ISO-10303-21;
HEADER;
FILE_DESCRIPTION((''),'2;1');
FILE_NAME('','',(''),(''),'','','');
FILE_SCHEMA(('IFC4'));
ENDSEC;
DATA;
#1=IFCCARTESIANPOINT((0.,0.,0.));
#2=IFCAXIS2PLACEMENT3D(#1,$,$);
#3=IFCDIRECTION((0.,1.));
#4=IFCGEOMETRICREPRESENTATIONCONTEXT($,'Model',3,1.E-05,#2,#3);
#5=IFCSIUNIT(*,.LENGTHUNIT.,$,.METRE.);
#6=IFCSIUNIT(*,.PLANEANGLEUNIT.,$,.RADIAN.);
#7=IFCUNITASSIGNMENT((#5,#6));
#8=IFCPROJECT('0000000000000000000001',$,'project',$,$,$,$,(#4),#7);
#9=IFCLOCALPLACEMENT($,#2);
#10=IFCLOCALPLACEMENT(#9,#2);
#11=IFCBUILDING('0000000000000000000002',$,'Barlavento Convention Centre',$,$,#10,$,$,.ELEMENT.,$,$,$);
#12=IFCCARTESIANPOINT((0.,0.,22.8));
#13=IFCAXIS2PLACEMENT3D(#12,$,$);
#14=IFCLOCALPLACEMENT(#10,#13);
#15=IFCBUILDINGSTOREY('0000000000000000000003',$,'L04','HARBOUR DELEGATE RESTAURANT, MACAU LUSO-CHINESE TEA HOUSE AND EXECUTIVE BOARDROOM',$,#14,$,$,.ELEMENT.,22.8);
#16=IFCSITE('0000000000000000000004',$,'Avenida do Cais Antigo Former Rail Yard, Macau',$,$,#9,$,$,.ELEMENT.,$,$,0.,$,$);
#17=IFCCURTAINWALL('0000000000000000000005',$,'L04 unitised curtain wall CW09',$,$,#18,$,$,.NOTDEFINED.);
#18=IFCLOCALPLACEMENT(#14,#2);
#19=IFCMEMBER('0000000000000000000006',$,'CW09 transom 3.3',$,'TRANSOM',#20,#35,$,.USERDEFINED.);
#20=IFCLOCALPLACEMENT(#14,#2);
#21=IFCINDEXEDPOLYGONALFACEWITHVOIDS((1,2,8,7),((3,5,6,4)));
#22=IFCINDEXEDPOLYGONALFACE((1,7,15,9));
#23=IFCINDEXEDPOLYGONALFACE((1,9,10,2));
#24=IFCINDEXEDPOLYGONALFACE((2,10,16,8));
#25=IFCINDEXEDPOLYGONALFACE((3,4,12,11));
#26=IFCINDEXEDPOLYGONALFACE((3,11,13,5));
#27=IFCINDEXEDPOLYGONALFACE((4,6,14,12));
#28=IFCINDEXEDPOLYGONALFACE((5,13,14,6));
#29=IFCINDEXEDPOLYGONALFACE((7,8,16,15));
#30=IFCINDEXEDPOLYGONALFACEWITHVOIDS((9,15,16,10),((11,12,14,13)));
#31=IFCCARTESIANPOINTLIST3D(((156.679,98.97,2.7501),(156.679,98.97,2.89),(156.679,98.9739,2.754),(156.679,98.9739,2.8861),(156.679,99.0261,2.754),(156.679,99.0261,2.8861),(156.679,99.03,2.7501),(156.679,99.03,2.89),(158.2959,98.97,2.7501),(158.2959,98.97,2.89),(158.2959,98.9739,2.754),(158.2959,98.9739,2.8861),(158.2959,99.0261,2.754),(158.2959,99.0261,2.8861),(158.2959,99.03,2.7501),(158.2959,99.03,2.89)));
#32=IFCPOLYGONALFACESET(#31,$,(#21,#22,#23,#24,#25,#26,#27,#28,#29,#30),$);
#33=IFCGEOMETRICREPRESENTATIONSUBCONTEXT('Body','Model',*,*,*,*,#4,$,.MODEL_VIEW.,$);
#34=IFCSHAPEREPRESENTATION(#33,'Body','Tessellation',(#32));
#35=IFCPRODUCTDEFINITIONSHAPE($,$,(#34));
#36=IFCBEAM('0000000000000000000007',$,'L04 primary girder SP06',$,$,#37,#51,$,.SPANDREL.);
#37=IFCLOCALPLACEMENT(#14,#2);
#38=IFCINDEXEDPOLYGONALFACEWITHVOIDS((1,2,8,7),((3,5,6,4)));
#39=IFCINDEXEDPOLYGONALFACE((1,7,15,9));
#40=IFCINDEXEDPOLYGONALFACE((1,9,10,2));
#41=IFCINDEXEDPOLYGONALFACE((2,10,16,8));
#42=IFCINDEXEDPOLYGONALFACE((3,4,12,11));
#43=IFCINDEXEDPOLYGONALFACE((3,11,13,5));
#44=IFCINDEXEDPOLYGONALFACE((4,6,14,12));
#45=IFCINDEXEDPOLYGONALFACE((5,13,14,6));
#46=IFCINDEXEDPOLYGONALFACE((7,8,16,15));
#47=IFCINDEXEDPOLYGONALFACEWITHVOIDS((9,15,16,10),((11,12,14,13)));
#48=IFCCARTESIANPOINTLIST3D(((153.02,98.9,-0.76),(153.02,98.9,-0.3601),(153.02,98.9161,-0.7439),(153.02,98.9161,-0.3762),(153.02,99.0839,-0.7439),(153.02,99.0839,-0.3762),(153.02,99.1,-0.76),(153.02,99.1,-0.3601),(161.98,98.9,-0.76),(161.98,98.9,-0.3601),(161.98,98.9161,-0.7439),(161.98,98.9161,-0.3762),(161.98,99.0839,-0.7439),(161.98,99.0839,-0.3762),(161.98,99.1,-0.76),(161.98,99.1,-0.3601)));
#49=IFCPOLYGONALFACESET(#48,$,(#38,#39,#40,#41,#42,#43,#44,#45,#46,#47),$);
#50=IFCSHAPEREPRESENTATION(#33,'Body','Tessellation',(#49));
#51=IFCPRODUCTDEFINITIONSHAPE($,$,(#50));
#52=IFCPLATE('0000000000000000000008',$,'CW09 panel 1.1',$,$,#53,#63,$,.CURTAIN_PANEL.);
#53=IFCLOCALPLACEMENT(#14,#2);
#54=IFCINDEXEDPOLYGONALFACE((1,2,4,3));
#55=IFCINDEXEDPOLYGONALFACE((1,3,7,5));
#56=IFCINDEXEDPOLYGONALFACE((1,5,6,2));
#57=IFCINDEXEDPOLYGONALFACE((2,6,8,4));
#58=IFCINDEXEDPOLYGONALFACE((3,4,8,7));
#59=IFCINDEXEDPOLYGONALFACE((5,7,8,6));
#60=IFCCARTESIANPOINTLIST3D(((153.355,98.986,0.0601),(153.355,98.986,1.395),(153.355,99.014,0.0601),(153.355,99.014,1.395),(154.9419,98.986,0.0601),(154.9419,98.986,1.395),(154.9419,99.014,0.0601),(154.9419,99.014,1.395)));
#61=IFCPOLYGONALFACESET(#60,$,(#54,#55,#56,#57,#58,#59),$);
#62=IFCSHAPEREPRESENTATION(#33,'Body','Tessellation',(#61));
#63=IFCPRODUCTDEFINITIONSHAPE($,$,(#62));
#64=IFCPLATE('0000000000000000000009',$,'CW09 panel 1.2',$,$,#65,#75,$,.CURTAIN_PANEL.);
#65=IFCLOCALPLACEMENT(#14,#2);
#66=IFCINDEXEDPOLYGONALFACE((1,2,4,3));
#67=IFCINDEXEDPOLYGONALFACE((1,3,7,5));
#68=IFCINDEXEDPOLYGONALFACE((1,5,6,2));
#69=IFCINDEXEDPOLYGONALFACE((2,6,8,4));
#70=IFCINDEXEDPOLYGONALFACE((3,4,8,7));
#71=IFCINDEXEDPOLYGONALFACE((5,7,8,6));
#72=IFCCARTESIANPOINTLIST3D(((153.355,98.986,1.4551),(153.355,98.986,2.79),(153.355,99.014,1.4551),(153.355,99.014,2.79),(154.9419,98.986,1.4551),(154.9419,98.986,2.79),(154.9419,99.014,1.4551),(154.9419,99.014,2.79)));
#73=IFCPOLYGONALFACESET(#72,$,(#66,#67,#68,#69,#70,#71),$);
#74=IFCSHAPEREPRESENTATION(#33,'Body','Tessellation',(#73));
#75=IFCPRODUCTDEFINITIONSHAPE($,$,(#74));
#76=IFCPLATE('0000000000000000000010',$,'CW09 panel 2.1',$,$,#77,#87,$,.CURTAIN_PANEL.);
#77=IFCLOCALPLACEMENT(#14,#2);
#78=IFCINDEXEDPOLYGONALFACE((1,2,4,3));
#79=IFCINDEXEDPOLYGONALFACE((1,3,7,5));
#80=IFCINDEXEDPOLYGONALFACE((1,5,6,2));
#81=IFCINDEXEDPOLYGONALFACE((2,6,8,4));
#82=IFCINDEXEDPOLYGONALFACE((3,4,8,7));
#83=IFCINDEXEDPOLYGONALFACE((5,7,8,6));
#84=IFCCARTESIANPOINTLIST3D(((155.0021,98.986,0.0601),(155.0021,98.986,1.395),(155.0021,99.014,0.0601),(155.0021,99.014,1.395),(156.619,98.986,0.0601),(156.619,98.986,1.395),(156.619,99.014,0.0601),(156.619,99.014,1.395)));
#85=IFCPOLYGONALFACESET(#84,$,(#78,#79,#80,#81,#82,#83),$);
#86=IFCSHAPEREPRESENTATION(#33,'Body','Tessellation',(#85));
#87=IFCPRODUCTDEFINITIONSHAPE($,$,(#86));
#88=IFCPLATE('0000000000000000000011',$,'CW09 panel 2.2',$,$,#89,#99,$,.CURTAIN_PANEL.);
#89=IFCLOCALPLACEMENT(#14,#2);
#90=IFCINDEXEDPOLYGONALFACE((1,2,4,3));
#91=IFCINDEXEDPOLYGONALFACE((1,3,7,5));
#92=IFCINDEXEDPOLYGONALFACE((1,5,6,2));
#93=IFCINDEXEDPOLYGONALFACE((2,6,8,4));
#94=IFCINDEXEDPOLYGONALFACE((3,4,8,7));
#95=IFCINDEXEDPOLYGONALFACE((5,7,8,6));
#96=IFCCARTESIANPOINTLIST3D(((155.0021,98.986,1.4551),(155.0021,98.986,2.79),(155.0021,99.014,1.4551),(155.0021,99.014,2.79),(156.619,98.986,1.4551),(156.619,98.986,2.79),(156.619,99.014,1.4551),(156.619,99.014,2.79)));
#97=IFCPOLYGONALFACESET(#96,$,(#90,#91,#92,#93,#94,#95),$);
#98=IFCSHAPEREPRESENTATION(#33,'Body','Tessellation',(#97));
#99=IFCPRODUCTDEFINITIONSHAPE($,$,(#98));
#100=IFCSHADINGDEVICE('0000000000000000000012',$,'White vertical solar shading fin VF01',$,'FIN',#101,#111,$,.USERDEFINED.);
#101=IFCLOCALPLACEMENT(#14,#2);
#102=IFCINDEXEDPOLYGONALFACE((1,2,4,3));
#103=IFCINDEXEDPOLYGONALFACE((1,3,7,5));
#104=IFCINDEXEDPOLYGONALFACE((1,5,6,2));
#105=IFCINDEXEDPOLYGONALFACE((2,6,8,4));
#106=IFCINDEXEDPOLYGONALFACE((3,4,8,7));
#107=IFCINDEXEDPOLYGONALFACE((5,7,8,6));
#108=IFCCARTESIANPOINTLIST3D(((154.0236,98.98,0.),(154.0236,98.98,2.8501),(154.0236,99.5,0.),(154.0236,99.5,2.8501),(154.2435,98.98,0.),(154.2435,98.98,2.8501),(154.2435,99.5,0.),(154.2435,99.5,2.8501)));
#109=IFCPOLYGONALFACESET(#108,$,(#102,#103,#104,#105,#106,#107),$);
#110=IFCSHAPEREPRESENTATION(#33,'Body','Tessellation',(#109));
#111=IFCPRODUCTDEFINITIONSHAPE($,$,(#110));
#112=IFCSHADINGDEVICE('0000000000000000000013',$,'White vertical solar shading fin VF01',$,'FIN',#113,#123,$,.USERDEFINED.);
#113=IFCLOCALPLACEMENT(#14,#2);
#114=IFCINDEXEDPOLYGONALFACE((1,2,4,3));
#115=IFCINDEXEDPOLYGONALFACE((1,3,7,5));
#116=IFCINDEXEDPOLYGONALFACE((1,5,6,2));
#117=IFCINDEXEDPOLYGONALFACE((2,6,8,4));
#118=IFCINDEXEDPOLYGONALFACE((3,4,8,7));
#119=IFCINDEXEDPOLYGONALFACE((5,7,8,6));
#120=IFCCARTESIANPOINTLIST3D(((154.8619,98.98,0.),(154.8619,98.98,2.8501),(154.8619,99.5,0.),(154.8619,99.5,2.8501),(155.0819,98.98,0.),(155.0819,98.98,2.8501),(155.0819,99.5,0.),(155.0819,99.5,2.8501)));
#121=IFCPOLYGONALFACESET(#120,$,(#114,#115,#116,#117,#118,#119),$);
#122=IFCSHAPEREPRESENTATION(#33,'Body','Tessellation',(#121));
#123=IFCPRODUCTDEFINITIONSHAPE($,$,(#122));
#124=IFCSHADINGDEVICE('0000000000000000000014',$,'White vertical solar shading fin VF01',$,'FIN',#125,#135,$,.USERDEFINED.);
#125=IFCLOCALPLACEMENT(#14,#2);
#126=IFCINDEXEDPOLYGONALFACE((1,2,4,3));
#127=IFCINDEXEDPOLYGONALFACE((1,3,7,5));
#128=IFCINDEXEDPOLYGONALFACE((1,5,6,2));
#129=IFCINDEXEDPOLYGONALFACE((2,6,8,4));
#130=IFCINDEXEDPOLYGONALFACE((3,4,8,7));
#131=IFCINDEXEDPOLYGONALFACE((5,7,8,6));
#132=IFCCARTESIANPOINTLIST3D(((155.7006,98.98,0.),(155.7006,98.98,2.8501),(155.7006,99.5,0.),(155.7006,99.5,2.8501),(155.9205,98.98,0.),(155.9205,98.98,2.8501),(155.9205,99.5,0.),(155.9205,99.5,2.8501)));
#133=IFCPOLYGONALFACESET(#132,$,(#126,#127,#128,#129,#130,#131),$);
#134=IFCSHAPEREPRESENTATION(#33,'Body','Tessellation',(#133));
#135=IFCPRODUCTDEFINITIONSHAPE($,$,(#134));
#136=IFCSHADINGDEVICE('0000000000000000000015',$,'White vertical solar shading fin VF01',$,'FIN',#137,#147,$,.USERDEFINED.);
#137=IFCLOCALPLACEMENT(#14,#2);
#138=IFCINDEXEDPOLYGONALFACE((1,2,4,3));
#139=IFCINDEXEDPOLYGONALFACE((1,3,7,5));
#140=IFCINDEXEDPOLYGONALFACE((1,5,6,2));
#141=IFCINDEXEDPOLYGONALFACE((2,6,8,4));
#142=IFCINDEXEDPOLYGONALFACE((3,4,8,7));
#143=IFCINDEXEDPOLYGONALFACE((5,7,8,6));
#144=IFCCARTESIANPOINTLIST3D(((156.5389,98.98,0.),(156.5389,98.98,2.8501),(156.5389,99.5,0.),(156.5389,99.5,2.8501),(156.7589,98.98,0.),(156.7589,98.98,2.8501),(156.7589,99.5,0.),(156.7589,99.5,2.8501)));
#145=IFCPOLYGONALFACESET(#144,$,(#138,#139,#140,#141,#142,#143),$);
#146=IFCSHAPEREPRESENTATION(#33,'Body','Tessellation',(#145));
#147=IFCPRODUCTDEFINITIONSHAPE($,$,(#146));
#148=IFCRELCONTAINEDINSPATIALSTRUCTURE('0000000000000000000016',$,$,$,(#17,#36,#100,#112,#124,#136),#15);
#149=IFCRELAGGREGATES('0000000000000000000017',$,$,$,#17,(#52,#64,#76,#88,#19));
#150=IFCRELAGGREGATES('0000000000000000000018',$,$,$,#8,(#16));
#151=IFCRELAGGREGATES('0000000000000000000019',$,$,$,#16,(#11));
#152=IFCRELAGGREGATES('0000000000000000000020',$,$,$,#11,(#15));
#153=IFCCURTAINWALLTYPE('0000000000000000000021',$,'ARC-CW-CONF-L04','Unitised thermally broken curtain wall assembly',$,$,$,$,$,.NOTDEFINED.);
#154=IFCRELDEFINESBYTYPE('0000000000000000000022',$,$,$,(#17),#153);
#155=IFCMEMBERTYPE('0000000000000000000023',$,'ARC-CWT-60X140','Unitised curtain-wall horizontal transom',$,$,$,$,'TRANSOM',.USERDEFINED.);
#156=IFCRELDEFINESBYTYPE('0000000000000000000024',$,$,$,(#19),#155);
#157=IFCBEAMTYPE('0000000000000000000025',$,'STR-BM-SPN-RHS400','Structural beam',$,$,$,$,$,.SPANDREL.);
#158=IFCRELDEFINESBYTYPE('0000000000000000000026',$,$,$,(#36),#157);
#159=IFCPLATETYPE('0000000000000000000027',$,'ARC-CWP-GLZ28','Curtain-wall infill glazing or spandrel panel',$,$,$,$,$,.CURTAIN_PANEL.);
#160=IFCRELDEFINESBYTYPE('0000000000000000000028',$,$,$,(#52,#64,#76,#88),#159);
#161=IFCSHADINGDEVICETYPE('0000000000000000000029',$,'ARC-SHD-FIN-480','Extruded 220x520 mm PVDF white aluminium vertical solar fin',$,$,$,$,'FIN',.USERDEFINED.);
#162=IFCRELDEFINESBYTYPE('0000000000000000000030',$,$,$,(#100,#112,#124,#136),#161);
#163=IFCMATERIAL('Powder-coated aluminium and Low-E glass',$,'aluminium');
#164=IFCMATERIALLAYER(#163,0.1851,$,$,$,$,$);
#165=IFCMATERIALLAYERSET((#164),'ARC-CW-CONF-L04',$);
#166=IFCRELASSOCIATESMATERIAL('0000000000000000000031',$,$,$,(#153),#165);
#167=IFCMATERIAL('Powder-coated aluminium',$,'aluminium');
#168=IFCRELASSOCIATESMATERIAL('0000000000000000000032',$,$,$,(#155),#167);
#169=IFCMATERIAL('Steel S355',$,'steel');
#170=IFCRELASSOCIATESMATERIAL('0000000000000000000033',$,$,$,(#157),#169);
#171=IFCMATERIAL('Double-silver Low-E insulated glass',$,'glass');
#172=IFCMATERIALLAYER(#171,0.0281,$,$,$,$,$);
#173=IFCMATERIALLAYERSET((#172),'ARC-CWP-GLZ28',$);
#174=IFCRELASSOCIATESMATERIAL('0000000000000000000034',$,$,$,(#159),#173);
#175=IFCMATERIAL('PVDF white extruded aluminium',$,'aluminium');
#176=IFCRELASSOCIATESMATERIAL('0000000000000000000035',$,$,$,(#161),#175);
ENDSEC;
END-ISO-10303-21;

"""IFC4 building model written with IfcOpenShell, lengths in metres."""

from ifc_helpers import new_model, si_unit, direction, frame, origin, origin_2d, place, context, subcontext, project, spatial, rectangle, hollow_rectangle, extrude, material, layer, layer_set, material_profile, profile_set, type_object, element, aggregate, save


model = new_model("IFC4")

# Units and contexts
model_context = context("Model", 3, precision=1e-05, world=origin(), true_north=direction((0.0, 1.0)))
body_context = subcontext(model_context, "Body", "Model", "MODEL_VIEW")
ifc_project = project(units=[si_unit("LENGTHUNIT", "METRE"), si_unit("PLANEANGLEUNIT", "RADIAN")], contexts=[model_context])

# Site, building, storey
site_placement = place(None, origin())
site = spatial("IfcSite", under=ifc_project, at=site_placement, Name="Avenida do Cais Antigo Former Rail Yard, Macau", CompositionType="ELEMENT", RefElevation=0.0)
building_placement = place(site_placement, origin())
building = spatial("IfcBuilding", under=site, at=building_placement, Name="Barlavento Convention Centre", CompositionType="ELEMENT")
storey_placement = place(building_placement, frame((0.0, 0.0, 22.8)))
storey = spatial("IfcBuildingStorey", under=building, at=storey_placement, Name="L04", Description="HARBOUR DELEGATE RESTAURANT, MACAU LUSO-CHINESE TEA HOUSE AND EXECUTIVE BOARDROOM", CompositionType="ELEMENT", Elevation=22.8)

# Curtain wall, member
ifc_material_1 = material(Name="Powder-coated aluminium and Low-E glass", Category="aluminium")
ifc_layer_1 = layer(ifc_material_1, 0.1851)
ifc_layer_set_1 = layer_set([ifc_layer_1], Name="ARC-CW-CONF-L04")
curtain_wall_type = type_object("IfcCurtainWallType", Name="ARC-CW-CONF-L04", Description="Unitised thermally broken curtain wall assembly", PredefinedType="NOTDEFINED", material=ifc_layer_set_1)
curtain_wall_placement = place(storey_placement, origin())
curtain_wall = element("IfcCurtainWall", 1, at=curtain_wall_placement, inside=storey, type_object=curtain_wall_type, Name="L04 unitised curtain wall CW09", PredefinedType="NOTDEFINED")
ifc_material_2 = material(Name="Powder-coated aluminium", Category="aluminium")
ifc_material_profile_1 = material_profile(ifc_material_2, hollow_rectangle(XDim=0.0601, YDim=0.1399, WallThickness=0.0039, at=origin_2d()), Name="AL-TRAN 60x140x4")
ifc_profile_set_1 = profile_set([ifc_material_profile_1], Name="Powder-coated aluminium")
member_type_1 = type_object("IfcMemberType", Name="ARC-CWT-60X140", Description="Unitised curtain-wall horizontal transom", ElementType="TRANSOM", PredefinedType="USERDEFINED", material=ifc_profile_set_1)
member_1_placement = place(storey_placement, frame((156.679, 99.0, 2.8201), z_axis=(1.0, 0.0, 0.0), x_axis=(0.0, 1.0, 0.0)))
member_1 = element("IfcMember", 2, at=member_1_placement, type_object=member_type_1, Name="CW09 transom 3.3", ObjectType="TRANSOM", PredefinedType="USERDEFINED", context=body_context, shape_type="SweptSolid", body=[
    extrude(hollow_rectangle(XDim=0.0601, YDim=0.1399, WallThickness=0.0039, at=origin_2d()), origin(), (0.0, 0.0, 1.0), 1.6169),
])

# Beam
ifc_material_3 = material(Name="Steel S355", Category="steel")
ifc_material_profile_2 = material_profile(ifc_material_3, hollow_rectangle(XDim=0.2, YDim=0.3999, WallThickness=0.0161, at=origin_2d()), Name="RHS 400x200x16.0")
ifc_profile_set_2 = profile_set([ifc_material_profile_2], Name="Steel S355")
beam_type = type_object("IfcBeamType", Name="STR-BM-SPN-RHS400", Description="Structural beam", PredefinedType="SPANDREL", material=ifc_profile_set_2)
beam_placement = place(storey_placement, frame((153.02, 99.0, -0.5601), z_axis=(1.0, 0.0, 0.0), x_axis=(0.0, 1.0, 0.0)))
element("IfcBeam", 3, at=beam_placement, inside=storey, type_object=beam_type, Name="L04 primary girder SP06", PredefinedType="SPANDREL", context=body_context, shape_type="SweptSolid", body=[
    extrude(hollow_rectangle(XDim=0.2, YDim=0.3999, WallThickness=0.0161, at=origin_2d()), origin(), (0.0, 0.0, 1.0), 8.96),
])

# Plates
ifc_material_4 = material(Name="Double-silver Low-E insulated glass", Category="glass")
ifc_layer_2 = layer(ifc_material_4, 0.0281)
ifc_layer_set_2 = layer_set([ifc_layer_2], Name="ARC-CWP-GLZ28")
plate_type = type_object("IfcPlateType", Name="ARC-CWP-GLZ28", Description="Curtain-wall infill glazing or spandrel panel", PredefinedType="CURTAIN_PANEL", material=ifc_layer_set_2)
plate_1_placement = place(storey_placement, frame((154.1484, 99.0, 0.0601), z_axis=(0.0, 0.0, 1.0), x_axis=(1.0, 0.0, 0.0)))
plate_1 = element("IfcPlate", 4, at=plate_1_placement, type_object=plate_type, Name="CW09 panel 1.1", PredefinedType="CURTAIN_PANEL", context=body_context, shape_type="SweptSolid", body=[
    extrude(rectangle(XDim=1.5869, YDim=0.0281, at=origin_2d()), origin(), (0.0, 0.0, 1.0), 1.335),
])
plate_2_placement = place(storey_placement, frame((154.1484, 99.0, 1.4551), z_axis=(0.0, 0.0, 1.0), x_axis=(1.0, 0.0, 0.0)))
plate_2 = element("IfcPlate", 5, at=plate_2_placement, type_object=plate_type, Name="CW09 panel 1.2", PredefinedType="CURTAIN_PANEL", context=body_context, shape_type="SweptSolid", body=[
    extrude(rectangle(XDim=1.5869, YDim=0.0281, at=origin_2d()), origin(), (0.0, 0.0, 1.0), 1.335),
])
plate_3_placement = place(storey_placement, frame((155.8105, 99.0, 0.0601), z_axis=(0.0, 0.0, 1.0), x_axis=(1.0, 0.0, 0.0)))
plate_3 = element("IfcPlate", 6, at=plate_3_placement, type_object=plate_type, Name="CW09 panel 2.1", PredefinedType="CURTAIN_PANEL", context=body_context, shape_type="SweptSolid", body=[
    extrude(rectangle(XDim=1.6169, YDim=0.0281, at=origin_2d()), origin(), (0.0, 0.0, 1.0), 1.335),
])
plate_4_placement = place(storey_placement, frame((155.8105, 99.0, 1.4551), z_axis=(0.0, 0.0, 1.0), x_axis=(1.0, 0.0, 0.0)))
plate_4 = element("IfcPlate", 7, at=plate_4_placement, type_object=plate_type, Name="CW09 panel 2.2", PredefinedType="CURTAIN_PANEL", context=body_context, shape_type="SweptSolid", body=[
    extrude(rectangle(XDim=1.6169, YDim=0.0281, at=origin_2d()), origin(), (0.0, 0.0, 1.0), 1.335),
])
aggregate(curtain_wall, [plate_1, plate_2, plate_3, plate_4, member_1])

# Shading devices
ifc_material_5 = material(Name="PVDF white extruded aluminium", Category="aluminium")
shading_device_type = type_object("IfcShadingDeviceType", Name="ARC-SHD-FIN-480", Description="Extruded 220x520 mm PVDF white aluminium vertical solar fin", ElementType="FIN", PredefinedType="USERDEFINED", material=ifc_material_5)
for number, where, z_axis, x_axis, name in (
    (8, (154.1335, 99.24, 0.0), (0.0, 0.0, 1.0), (1.0, 0.0, 0.0), "White vertical solar shading fin VF01"),
    (9, (154.9719, 99.24, 0.0), (0.0, 0.0, 1.0), (1.0, 0.0, 0.0), "White vertical solar shading fin VF01"),
    (10, (155.8105, 99.24, 0.0), (0.0, 0.0, 1.0), (1.0, 0.0, 0.0), "White vertical solar shading fin VF01"),
    (11, (156.6489, 99.24, 0.0), (0.0, 0.0, 1.0), (1.0, 0.0, 0.0), "White vertical solar shading fin VF01"),
):
    element("IfcShadingDevice", number, at=place(storey_placement, frame(where, z_axis=z_axis, x_axis=x_axis)), inside=storey, type_object=shading_device_type, Name=name, ObjectType="FIN", PredefinedType="USERDEFINED", context=body_context, shape_type="SweptSolid", body=[
        extrude(rectangle(XDim=0.22, YDim=0.52, at=origin_2d()), origin(), (0.0, 0.0, 1.0), 2.8501),
    ])

save(model, "model.ifc")
